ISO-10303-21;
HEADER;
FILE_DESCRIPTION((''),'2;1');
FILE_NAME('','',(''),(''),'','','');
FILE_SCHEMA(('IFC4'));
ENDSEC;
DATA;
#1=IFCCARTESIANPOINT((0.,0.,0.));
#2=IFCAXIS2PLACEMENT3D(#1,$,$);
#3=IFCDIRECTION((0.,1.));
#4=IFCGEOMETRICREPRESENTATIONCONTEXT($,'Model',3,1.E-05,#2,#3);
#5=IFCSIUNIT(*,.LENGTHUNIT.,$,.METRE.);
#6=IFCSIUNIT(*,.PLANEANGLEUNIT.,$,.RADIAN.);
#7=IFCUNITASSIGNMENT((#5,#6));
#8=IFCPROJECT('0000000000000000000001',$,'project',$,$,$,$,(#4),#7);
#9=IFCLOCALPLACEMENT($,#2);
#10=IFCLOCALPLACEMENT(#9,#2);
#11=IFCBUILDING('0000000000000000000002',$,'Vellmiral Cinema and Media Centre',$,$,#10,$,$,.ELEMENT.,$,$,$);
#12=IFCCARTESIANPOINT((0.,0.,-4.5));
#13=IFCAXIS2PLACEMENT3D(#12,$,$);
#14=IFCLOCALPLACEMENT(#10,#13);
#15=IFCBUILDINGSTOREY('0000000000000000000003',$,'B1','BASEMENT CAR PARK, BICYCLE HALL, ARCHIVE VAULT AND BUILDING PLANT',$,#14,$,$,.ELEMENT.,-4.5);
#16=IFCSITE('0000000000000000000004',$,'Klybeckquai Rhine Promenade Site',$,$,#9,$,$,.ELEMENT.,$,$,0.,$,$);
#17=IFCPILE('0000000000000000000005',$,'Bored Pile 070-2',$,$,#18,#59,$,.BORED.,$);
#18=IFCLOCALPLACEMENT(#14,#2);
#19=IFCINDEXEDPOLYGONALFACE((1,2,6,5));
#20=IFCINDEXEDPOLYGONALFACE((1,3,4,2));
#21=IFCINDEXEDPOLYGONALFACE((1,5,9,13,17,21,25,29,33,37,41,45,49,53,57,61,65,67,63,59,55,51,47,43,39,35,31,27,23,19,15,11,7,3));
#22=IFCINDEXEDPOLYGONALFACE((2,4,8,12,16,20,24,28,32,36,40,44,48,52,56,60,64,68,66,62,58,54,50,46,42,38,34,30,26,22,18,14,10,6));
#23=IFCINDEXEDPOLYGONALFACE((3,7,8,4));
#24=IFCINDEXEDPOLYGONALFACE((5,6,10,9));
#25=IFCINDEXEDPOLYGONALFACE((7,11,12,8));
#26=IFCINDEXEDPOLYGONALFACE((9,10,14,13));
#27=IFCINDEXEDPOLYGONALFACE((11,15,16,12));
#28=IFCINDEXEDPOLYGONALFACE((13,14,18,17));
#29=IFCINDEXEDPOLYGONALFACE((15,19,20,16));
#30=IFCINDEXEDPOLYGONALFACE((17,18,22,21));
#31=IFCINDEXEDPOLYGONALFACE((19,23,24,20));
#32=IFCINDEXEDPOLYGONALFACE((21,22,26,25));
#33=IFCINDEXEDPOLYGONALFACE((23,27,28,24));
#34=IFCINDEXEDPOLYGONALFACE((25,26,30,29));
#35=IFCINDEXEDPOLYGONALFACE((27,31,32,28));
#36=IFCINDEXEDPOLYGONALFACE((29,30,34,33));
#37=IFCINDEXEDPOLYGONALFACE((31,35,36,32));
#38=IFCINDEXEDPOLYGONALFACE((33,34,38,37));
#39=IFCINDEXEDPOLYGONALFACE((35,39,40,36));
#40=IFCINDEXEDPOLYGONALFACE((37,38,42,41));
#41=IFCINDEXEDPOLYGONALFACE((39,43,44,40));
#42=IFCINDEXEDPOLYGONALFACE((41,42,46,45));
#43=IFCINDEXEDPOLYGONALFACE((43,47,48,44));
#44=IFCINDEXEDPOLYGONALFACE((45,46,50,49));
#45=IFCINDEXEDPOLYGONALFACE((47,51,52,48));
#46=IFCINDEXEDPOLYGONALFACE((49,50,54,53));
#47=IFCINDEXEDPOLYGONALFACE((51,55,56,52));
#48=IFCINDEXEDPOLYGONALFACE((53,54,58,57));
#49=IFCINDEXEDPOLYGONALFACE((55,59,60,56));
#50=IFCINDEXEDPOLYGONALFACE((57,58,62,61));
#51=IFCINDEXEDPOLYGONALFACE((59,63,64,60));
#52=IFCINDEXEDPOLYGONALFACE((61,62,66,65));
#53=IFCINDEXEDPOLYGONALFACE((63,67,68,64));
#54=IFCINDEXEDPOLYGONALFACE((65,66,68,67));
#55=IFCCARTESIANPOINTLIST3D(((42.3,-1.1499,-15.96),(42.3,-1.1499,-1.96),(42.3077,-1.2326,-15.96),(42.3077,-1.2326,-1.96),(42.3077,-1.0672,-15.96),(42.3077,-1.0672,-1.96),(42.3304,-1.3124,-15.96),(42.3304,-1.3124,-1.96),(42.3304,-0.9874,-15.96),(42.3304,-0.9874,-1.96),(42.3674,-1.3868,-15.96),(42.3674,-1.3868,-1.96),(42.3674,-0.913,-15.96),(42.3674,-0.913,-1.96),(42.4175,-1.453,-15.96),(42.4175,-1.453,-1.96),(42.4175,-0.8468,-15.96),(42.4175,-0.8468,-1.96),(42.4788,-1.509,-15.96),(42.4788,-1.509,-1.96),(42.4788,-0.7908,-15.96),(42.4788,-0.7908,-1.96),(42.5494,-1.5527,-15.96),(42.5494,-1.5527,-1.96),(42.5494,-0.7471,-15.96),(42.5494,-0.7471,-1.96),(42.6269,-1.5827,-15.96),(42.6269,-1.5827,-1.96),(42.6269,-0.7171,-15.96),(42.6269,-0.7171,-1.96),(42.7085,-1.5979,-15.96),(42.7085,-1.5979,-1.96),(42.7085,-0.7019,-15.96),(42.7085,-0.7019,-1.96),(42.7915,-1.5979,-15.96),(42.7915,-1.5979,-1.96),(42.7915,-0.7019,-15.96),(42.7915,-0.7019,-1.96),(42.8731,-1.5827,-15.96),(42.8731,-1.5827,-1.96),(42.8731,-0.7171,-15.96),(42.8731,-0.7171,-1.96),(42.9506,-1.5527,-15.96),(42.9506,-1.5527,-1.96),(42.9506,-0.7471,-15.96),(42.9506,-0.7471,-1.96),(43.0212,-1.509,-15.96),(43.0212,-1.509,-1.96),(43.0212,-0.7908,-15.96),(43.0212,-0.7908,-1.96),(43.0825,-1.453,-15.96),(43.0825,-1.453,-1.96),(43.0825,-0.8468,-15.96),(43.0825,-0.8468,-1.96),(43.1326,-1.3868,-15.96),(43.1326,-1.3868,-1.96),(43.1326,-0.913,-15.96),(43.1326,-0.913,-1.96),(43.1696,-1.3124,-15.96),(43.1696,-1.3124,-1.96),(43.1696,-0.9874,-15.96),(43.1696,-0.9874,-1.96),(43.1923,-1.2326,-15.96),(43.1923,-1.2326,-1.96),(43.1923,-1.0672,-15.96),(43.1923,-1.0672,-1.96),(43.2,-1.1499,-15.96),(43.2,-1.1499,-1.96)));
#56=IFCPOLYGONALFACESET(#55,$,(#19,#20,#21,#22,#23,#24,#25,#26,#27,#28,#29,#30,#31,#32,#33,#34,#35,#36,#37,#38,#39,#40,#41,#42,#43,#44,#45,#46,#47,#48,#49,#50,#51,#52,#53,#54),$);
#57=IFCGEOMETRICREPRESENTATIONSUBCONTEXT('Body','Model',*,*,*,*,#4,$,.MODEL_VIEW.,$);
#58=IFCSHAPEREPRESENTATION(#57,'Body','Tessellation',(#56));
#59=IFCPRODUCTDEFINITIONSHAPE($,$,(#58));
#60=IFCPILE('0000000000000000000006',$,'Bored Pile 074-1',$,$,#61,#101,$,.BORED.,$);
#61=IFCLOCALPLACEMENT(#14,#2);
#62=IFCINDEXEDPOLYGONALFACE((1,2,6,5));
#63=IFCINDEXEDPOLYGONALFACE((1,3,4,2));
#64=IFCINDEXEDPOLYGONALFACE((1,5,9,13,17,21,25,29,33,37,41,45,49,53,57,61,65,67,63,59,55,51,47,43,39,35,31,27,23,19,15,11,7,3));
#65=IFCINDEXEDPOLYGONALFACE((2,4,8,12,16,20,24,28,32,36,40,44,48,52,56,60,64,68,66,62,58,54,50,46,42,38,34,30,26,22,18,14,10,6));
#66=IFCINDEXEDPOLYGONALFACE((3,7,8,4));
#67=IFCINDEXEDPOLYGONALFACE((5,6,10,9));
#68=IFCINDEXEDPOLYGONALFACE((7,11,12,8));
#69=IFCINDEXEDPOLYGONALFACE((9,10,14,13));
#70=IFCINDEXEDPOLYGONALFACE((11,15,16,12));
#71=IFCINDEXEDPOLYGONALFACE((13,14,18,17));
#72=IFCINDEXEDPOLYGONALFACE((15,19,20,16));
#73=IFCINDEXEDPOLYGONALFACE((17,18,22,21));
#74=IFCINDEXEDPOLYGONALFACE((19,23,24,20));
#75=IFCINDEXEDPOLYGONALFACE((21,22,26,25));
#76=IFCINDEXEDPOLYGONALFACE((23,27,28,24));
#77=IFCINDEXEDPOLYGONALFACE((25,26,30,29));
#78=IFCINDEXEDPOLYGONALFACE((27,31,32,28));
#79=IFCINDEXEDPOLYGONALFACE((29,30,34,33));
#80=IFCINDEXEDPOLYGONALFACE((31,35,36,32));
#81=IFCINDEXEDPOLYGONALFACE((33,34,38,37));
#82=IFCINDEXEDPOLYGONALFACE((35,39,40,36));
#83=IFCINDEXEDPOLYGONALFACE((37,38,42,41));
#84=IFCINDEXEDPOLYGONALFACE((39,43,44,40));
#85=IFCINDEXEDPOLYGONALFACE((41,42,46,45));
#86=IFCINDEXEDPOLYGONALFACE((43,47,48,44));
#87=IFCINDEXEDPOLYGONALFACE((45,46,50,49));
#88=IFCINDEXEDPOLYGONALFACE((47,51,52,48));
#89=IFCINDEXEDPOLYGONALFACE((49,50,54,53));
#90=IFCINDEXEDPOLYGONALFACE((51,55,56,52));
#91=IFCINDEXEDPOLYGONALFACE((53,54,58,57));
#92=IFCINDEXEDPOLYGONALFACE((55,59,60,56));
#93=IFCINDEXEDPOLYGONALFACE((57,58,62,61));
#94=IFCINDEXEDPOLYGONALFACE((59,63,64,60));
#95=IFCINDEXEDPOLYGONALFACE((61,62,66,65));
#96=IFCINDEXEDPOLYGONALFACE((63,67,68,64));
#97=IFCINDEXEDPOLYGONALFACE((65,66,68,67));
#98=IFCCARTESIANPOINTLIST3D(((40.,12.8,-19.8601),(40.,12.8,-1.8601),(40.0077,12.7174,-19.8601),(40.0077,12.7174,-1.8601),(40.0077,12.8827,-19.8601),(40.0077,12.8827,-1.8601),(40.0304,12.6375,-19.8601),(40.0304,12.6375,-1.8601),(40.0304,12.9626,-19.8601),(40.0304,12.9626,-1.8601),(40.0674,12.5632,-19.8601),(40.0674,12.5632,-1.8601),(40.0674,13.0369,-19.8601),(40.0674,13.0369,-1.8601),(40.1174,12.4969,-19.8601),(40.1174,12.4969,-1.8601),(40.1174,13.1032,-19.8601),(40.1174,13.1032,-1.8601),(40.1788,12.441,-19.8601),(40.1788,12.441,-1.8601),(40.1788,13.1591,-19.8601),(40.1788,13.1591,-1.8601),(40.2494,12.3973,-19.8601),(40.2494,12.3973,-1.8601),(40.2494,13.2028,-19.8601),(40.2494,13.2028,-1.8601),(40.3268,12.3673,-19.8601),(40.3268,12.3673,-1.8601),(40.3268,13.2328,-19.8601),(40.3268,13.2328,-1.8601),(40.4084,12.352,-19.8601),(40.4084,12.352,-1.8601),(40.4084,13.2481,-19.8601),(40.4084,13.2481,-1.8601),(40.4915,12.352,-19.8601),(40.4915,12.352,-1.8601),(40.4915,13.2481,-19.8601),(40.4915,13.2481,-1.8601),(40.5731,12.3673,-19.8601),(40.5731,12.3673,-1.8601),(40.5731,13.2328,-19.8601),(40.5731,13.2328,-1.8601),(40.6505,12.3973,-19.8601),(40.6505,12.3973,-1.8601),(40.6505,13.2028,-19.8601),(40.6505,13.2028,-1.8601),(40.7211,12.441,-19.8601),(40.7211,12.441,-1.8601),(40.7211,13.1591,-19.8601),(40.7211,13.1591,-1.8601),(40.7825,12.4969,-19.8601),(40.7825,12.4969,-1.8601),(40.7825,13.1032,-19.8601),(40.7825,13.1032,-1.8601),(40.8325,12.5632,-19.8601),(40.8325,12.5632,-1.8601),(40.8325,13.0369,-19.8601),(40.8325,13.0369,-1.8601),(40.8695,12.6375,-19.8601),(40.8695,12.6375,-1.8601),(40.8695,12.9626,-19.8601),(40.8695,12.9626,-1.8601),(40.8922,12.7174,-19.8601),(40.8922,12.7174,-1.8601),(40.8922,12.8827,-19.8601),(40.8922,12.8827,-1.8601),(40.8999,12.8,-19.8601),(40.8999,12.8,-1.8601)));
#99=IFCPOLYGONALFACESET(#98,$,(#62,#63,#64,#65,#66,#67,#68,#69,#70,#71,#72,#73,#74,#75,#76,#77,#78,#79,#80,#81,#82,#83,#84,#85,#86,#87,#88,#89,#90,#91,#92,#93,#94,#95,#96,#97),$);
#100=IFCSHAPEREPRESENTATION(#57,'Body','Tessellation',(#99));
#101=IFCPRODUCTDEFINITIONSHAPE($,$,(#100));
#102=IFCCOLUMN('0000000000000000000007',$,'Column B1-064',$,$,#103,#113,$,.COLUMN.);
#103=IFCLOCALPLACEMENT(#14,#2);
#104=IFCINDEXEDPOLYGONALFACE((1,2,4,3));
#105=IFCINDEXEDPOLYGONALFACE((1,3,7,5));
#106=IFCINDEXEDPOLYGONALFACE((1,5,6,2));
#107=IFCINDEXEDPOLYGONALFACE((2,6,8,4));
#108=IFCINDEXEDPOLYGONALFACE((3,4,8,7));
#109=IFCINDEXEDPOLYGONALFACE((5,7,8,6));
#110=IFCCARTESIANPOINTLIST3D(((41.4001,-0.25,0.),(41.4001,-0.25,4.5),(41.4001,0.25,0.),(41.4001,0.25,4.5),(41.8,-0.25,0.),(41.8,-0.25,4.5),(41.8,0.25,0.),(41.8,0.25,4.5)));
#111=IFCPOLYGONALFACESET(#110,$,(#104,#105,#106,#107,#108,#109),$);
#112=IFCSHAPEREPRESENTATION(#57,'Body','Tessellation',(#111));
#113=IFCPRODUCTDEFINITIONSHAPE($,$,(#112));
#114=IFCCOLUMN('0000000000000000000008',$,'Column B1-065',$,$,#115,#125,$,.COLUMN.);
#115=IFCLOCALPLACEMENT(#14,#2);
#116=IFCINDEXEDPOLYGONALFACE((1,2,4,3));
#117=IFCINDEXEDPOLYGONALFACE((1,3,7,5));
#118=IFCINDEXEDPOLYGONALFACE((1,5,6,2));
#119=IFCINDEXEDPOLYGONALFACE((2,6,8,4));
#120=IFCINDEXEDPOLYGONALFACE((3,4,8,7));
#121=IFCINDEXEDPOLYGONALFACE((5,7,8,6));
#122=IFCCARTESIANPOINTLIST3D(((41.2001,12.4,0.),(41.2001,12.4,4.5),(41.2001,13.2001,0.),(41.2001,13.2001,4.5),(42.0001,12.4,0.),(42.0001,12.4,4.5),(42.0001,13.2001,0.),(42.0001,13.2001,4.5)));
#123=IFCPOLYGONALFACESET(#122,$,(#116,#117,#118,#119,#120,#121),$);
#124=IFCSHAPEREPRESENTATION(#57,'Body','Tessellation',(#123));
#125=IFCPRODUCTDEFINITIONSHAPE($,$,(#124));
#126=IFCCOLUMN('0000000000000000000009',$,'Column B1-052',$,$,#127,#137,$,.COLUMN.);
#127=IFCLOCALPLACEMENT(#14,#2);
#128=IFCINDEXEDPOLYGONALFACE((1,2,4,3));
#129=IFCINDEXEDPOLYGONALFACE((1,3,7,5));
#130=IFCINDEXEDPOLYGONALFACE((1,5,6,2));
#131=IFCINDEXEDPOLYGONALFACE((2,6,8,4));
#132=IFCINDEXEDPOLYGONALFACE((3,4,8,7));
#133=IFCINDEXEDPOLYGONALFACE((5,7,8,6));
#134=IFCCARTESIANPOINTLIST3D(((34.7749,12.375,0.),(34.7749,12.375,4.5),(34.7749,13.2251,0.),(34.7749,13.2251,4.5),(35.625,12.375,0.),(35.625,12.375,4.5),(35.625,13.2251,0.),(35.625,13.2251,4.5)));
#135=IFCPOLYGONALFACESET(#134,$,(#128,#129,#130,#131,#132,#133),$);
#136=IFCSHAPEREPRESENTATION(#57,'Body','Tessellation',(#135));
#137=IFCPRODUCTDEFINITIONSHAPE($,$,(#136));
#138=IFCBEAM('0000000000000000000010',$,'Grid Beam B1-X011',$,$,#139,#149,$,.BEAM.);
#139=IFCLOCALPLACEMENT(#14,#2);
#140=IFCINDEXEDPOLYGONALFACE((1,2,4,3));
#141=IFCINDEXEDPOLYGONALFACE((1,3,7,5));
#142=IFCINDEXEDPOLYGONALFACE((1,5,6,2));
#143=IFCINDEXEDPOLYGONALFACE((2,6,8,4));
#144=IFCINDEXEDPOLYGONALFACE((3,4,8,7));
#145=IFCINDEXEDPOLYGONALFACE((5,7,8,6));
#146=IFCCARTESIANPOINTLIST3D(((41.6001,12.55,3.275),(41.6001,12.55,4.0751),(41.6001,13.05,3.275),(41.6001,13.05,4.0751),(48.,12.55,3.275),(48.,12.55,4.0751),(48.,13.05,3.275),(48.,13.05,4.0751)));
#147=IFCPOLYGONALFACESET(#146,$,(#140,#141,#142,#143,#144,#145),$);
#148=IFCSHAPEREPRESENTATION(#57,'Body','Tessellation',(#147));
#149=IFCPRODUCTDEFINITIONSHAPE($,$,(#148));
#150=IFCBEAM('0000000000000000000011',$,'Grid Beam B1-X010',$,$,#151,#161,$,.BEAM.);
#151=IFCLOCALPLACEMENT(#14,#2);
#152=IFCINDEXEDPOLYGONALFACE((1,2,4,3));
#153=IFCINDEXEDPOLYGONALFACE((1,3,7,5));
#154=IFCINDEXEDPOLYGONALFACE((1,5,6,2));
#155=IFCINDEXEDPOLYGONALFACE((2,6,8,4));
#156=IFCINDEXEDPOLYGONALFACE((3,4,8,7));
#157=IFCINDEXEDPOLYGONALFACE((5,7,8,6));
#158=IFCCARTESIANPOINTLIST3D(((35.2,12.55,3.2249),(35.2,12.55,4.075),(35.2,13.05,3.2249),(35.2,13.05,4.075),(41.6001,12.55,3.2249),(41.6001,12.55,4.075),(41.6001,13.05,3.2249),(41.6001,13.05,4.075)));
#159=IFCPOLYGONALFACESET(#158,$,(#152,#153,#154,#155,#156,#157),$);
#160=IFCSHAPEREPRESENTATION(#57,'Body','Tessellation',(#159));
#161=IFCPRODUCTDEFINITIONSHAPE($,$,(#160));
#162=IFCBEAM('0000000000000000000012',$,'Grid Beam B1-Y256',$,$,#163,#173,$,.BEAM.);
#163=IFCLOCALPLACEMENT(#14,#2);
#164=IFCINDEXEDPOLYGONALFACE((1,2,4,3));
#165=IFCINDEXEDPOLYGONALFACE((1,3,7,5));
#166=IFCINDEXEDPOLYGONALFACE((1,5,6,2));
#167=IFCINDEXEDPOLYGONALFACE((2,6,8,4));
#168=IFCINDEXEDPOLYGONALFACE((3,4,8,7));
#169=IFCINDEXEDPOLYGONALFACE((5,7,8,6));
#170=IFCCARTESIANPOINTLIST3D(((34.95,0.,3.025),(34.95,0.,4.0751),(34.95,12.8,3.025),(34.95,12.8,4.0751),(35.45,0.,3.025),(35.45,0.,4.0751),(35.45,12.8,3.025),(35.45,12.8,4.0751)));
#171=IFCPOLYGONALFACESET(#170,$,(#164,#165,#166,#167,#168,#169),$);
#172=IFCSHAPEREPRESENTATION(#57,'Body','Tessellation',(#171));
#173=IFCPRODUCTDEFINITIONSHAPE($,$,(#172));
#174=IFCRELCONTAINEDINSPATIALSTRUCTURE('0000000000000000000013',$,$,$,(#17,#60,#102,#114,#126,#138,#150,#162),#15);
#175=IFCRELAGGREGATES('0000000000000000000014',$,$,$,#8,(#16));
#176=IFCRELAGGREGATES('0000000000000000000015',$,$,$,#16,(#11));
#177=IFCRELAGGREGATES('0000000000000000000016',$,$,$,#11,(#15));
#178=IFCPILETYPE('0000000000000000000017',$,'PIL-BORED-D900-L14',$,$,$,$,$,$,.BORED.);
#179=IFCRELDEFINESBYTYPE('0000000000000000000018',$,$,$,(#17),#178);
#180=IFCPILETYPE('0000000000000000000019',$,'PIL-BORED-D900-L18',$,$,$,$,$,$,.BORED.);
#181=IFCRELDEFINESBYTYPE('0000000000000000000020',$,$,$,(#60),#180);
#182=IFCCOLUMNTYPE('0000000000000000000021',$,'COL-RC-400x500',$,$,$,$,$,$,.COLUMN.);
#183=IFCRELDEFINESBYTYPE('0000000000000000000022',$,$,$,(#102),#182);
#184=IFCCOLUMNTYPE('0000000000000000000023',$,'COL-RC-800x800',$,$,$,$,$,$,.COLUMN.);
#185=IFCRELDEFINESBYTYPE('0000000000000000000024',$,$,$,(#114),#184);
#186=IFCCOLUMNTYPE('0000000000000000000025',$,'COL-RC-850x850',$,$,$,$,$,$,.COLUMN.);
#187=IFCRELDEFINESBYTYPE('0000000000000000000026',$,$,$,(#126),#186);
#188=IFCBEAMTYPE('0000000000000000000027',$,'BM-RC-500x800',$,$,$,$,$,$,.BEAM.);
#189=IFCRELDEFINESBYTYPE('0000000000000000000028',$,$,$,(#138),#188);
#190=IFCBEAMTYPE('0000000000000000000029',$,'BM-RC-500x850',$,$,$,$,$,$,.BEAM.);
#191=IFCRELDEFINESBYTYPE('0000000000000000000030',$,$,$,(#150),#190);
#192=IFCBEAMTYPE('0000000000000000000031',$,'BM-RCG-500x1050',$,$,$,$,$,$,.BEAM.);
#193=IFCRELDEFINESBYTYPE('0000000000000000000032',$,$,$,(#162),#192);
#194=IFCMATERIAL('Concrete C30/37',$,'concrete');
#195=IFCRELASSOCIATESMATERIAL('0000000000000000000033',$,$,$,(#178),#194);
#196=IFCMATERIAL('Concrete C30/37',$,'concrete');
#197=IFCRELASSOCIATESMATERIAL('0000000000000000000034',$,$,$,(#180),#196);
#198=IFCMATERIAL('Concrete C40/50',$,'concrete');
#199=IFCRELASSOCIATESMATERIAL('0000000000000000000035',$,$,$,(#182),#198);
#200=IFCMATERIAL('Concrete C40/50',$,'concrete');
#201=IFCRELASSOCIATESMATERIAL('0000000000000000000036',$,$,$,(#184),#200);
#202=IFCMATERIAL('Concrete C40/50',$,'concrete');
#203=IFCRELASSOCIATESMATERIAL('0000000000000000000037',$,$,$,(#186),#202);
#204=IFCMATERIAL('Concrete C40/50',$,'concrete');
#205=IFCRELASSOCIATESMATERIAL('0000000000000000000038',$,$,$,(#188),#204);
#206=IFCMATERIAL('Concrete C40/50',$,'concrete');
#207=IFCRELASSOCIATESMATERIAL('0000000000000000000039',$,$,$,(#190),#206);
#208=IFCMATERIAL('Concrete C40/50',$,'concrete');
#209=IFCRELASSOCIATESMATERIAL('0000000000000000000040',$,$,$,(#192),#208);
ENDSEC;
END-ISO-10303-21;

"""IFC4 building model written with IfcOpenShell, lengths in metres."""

from ifc_helpers import new_model, si_unit, direction, frame, origin, origin_2d, place, context, subcontext, project, spatial, rectangle, circle, extrude, material, material_profile, profile_set, type_object, element, save


model = new_model("IFC4")

# Units and contexts
model_context = context("Model", 3, precision=1e-05, world=origin(), true_north=direction((0.0, 1.0)))
body_context = subcontext(model_context, "Body", "Model", "MODEL_VIEW")
ifc_project = project(units=[si_unit("LENGTHUNIT", "METRE"), si_unit("PLANEANGLEUNIT", "RADIAN")], contexts=[model_context])

# Site, building, storey
site_placement = place(None, origin())
site = spatial("IfcSite", under=ifc_project, at=site_placement, Name="Klybeckquai Rhine Promenade Site", CompositionType="ELEMENT", RefElevation=0.0)
building_placement = place(site_placement, origin())
building = spatial("IfcBuilding", under=site, at=building_placement, Name="Vellmiral Cinema and Media Centre", CompositionType="ELEMENT")
storey_placement = place(building_placement, frame((0.0, 0.0, -4.5)))
storey = spatial("IfcBuildingStorey", under=building, at=storey_placement, Name="B1", Description="BASEMENT CAR PARK, BICYCLE HALL, ARCHIVE VAULT AND BUILDING PLANT", CompositionType="ELEMENT", Elevation=-4.5)

# Piles
ifc_material_1 = material(Name="Concrete C30/37", Category="concrete")
ifc_material_profile_1 = material_profile(ifc_material_1, circle(Radius=0.45, at=origin_2d()), Name="PILE D900")
ifc_profile_set_1 = profile_set([ifc_material_profile_1], Name="Concrete C30/37")
pile_type_1 = type_object("IfcPileType", Name="PIL-BORED-D900-L14", PredefinedType="BORED", material=ifc_profile_set_1)
for number, where, z_axis, x_axis, name in (
    (1, (42.75, -1.1499, -1.96), (0.0, 0.0, -1.0), (1.0, 0.0, 0.0), "Bored Pile 070-2"),
):
    element("IfcPile", number, at=place(storey_placement, frame(where, z_axis=z_axis, x_axis=x_axis)), inside=storey, type_object=pile_type_1, Name=name, PredefinedType="BORED", context=body_context, shape_type="SweptSolid", body=[
        extrude(circle(Radius=0.45, at=origin_2d()), origin(), (0.0, 0.0, 1.0), 14.0),
    ])
ifc_material_2 = material(Name="Concrete C30/37", Category="concrete")
ifc_material_profile_2 = material_profile(ifc_material_2, circle(Radius=0.45, at=origin_2d()), Name="PILE D900")
ifc_profile_set_2 = profile_set([ifc_material_profile_2], Name="Concrete C30/37")
pile_type_2 = type_object("IfcPileType", Name="PIL-BORED-D900-L18", PredefinedType="BORED", material=ifc_profile_set_2)
pile_placement = place(storey_placement, frame((40.45, 12.8, -1.8601), z_axis=(0.0, 0.0, -1.0), x_axis=(1.0, 0.0, 0.0)))
element("IfcPile", 2, at=pile_placement, inside=storey, type_object=pile_type_2, Name="Bored Pile 074-1", PredefinedType="BORED", context=body_context, shape_type="SweptSolid", body=[
    extrude(circle(Radius=0.45, at=origin_2d()), origin(), (0.0, 0.0, 1.0), 18.0),
])

# Columns
ifc_material_3 = material(Name="Concrete C40/50", Category="concrete")
ifc_material_profile_3 = material_profile(ifc_material_3, rectangle(XDim=0.3999, YDim=0.5, at=origin_2d()), Name="RC 400x500")
ifc_profile_set_3 = profile_set([ifc_material_profile_3], Name="Concrete C40/50")
column_type_1 = type_object("IfcColumnType", Name="COL-RC-400x500", PredefinedType="COLUMN", material=ifc_profile_set_3)
column_1_placement = place(storey_placement, frame((41.6001, 0.0, 0.0), z_axis=(0.0, 0.0, 1.0), x_axis=(1.0, 0.0, 0.0)))
element("IfcColumn", 3, at=column_1_placement, inside=storey, type_object=column_type_1, Name="Column B1-064", PredefinedType="COLUMN", context=body_context, shape_type="SweptSolid", body=[
    extrude(rectangle(XDim=0.3999, YDim=0.5, at=origin_2d()), origin(), (0.0, 0.0, 1.0), 4.5),
])
ifc_material_4 = material(Name="Concrete C40/50", Category="concrete")
ifc_material_profile_4 = material_profile(ifc_material_4, rectangle(XDim=0.8, YDim=0.8, at=origin_2d()), Name="RC 800x800")
ifc_profile_set_4 = profile_set([ifc_material_profile_4], Name="Concrete C40/50")
column_type_2 = type_object("IfcColumnType", Name="COL-RC-800x800", PredefinedType="COLUMN", material=ifc_profile_set_4)
column_2_placement = place(storey_placement, frame((41.6001, 12.8, 0.0), z_axis=(0.0, 0.0, 1.0), x_axis=(1.0, 0.0, 0.0)))
element("IfcColumn", 4, at=column_2_placement, inside=storey, type_object=column_type_2, Name="Column B1-065", PredefinedType="COLUMN", context=body_context, shape_type="SweptSolid", body=[
    extrude(rectangle(XDim=0.8, YDim=0.8, at=origin_2d()), origin(), (0.0, 0.0, 1.0), 4.5),
])
ifc_material_5 = material(Name="Concrete C40/50", Category="concrete")
ifc_material_profile_5 = material_profile(ifc_material_5, rectangle(XDim=0.8501, YDim=0.8501, at=origin_2d()), Name="RC 850x850")
ifc_profile_set_5 = profile_set([ifc_material_profile_5], Name="Concrete C40/50")
column_type_3 = type_object("IfcColumnType", Name="COL-RC-850x850", PredefinedType="COLUMN", material=ifc_profile_set_5)
column_3_placement = place(storey_placement, frame((35.2, 12.8, 0.0), z_axis=(0.0, 0.0, 1.0), x_axis=(1.0, 0.0, 0.0)))
element("IfcColumn", 5, at=column_3_placement, inside=storey, type_object=column_type_3, Name="Column B1-052", PredefinedType="COLUMN", context=body_context, shape_type="SweptSolid", body=[
    extrude(rectangle(XDim=0.8501, YDim=0.8501, at=origin_2d()), origin(), (0.0, 0.0, 1.0), 4.5),
])

# Beams
ifc_material_6 = material(Name="Concrete C40/50", Category="concrete")
ifc_material_profile_6 = material_profile(ifc_material_6, rectangle(XDim=0.5, YDim=0.8, at=origin_2d()), Name="RC 500x800")
ifc_profile_set_6 = profile_set([ifc_material_profile_6], Name="Concrete C40/50")
beam_type_1 = type_object("IfcBeamType", Name="BM-RC-500x800", PredefinedType="BEAM", material=ifc_profile_set_6)
beam_1_placement = place(storey_placement, frame((41.6001, 12.8, 3.675), z_axis=(1.0, 0.0, 0.0), x_axis=(0.0, 1.0, 0.0)))
element("IfcBeam", 6, at=beam_1_placement, inside=storey, type_object=beam_type_1, Name="Grid Beam B1-X011", PredefinedType="BEAM", context=body_context, shape_type="SweptSolid", body=[
    extrude(rectangle(XDim=0.5, YDim=0.8, at=origin_2d()), origin(), (0.0, 0.0, 1.0), 6.3999),
])
ifc_material_7 = material(Name="Concrete C40/50", Category="concrete")
ifc_material_profile_7 = material_profile(ifc_material_7, rectangle(XDim=0.5, YDim=0.8501, at=origin_2d()), Name="RC 500x850")
ifc_profile_set_7 = profile_set([ifc_material_profile_7], Name="Concrete C40/50")
beam_type_2 = type_object("IfcBeamType", Name="BM-RC-500x850", PredefinedType="BEAM", material=ifc_profile_set_7)
beam_2_placement = place(storey_placement, frame((35.2, 12.8, 3.6499), z_axis=(1.0, 0.0, 0.0), x_axis=(0.0, 1.0, 0.0)))
element("IfcBeam", 7, at=beam_2_placement, inside=storey, type_object=beam_type_2, Name="Grid Beam B1-X010", PredefinedType="BEAM", context=body_context, shape_type="SweptSolid", body=[
    extrude(rectangle(XDim=0.5, YDim=0.8501, at=origin_2d()), origin(), (0.0, 0.0, 1.0), 6.4001),
])
ifc_material_8 = material(Name="Concrete C40/50", Category="concrete")
ifc_material_profile_8 = material_profile(ifc_material_8, rectangle(XDim=0.5, YDim=1.05, at=origin_2d()), Name="RC 500x1050")
ifc_profile_set_8 = profile_set([ifc_material_profile_8], Name="Concrete C40/50")
beam_type_3 = type_object("IfcBeamType", Name="BM-RCG-500x1050", PredefinedType="BEAM", material=ifc_profile_set_8)
for number, where, z_axis, x_axis, name in (
    (8, (35.2, 0.0, 3.55), (0.0, 1.0, 0.0), (-1.0, 0.0, 0.0), "Grid Beam B1-Y256"),
):
    element("IfcBeam", number, at=place(storey_placement, frame(where, z_axis=z_axis, x_axis=x_axis)), inside=storey, type_object=beam_type_3, Name=name, PredefinedType="BEAM", context=body_context, shape_type="SweptSolid", body=[
        extrude(rectangle(XDim=0.5, YDim=1.05, at=origin_2d()), origin(), (0.0, 0.0, 1.0), 12.8),
    ])

save(model, "model.ifc")
